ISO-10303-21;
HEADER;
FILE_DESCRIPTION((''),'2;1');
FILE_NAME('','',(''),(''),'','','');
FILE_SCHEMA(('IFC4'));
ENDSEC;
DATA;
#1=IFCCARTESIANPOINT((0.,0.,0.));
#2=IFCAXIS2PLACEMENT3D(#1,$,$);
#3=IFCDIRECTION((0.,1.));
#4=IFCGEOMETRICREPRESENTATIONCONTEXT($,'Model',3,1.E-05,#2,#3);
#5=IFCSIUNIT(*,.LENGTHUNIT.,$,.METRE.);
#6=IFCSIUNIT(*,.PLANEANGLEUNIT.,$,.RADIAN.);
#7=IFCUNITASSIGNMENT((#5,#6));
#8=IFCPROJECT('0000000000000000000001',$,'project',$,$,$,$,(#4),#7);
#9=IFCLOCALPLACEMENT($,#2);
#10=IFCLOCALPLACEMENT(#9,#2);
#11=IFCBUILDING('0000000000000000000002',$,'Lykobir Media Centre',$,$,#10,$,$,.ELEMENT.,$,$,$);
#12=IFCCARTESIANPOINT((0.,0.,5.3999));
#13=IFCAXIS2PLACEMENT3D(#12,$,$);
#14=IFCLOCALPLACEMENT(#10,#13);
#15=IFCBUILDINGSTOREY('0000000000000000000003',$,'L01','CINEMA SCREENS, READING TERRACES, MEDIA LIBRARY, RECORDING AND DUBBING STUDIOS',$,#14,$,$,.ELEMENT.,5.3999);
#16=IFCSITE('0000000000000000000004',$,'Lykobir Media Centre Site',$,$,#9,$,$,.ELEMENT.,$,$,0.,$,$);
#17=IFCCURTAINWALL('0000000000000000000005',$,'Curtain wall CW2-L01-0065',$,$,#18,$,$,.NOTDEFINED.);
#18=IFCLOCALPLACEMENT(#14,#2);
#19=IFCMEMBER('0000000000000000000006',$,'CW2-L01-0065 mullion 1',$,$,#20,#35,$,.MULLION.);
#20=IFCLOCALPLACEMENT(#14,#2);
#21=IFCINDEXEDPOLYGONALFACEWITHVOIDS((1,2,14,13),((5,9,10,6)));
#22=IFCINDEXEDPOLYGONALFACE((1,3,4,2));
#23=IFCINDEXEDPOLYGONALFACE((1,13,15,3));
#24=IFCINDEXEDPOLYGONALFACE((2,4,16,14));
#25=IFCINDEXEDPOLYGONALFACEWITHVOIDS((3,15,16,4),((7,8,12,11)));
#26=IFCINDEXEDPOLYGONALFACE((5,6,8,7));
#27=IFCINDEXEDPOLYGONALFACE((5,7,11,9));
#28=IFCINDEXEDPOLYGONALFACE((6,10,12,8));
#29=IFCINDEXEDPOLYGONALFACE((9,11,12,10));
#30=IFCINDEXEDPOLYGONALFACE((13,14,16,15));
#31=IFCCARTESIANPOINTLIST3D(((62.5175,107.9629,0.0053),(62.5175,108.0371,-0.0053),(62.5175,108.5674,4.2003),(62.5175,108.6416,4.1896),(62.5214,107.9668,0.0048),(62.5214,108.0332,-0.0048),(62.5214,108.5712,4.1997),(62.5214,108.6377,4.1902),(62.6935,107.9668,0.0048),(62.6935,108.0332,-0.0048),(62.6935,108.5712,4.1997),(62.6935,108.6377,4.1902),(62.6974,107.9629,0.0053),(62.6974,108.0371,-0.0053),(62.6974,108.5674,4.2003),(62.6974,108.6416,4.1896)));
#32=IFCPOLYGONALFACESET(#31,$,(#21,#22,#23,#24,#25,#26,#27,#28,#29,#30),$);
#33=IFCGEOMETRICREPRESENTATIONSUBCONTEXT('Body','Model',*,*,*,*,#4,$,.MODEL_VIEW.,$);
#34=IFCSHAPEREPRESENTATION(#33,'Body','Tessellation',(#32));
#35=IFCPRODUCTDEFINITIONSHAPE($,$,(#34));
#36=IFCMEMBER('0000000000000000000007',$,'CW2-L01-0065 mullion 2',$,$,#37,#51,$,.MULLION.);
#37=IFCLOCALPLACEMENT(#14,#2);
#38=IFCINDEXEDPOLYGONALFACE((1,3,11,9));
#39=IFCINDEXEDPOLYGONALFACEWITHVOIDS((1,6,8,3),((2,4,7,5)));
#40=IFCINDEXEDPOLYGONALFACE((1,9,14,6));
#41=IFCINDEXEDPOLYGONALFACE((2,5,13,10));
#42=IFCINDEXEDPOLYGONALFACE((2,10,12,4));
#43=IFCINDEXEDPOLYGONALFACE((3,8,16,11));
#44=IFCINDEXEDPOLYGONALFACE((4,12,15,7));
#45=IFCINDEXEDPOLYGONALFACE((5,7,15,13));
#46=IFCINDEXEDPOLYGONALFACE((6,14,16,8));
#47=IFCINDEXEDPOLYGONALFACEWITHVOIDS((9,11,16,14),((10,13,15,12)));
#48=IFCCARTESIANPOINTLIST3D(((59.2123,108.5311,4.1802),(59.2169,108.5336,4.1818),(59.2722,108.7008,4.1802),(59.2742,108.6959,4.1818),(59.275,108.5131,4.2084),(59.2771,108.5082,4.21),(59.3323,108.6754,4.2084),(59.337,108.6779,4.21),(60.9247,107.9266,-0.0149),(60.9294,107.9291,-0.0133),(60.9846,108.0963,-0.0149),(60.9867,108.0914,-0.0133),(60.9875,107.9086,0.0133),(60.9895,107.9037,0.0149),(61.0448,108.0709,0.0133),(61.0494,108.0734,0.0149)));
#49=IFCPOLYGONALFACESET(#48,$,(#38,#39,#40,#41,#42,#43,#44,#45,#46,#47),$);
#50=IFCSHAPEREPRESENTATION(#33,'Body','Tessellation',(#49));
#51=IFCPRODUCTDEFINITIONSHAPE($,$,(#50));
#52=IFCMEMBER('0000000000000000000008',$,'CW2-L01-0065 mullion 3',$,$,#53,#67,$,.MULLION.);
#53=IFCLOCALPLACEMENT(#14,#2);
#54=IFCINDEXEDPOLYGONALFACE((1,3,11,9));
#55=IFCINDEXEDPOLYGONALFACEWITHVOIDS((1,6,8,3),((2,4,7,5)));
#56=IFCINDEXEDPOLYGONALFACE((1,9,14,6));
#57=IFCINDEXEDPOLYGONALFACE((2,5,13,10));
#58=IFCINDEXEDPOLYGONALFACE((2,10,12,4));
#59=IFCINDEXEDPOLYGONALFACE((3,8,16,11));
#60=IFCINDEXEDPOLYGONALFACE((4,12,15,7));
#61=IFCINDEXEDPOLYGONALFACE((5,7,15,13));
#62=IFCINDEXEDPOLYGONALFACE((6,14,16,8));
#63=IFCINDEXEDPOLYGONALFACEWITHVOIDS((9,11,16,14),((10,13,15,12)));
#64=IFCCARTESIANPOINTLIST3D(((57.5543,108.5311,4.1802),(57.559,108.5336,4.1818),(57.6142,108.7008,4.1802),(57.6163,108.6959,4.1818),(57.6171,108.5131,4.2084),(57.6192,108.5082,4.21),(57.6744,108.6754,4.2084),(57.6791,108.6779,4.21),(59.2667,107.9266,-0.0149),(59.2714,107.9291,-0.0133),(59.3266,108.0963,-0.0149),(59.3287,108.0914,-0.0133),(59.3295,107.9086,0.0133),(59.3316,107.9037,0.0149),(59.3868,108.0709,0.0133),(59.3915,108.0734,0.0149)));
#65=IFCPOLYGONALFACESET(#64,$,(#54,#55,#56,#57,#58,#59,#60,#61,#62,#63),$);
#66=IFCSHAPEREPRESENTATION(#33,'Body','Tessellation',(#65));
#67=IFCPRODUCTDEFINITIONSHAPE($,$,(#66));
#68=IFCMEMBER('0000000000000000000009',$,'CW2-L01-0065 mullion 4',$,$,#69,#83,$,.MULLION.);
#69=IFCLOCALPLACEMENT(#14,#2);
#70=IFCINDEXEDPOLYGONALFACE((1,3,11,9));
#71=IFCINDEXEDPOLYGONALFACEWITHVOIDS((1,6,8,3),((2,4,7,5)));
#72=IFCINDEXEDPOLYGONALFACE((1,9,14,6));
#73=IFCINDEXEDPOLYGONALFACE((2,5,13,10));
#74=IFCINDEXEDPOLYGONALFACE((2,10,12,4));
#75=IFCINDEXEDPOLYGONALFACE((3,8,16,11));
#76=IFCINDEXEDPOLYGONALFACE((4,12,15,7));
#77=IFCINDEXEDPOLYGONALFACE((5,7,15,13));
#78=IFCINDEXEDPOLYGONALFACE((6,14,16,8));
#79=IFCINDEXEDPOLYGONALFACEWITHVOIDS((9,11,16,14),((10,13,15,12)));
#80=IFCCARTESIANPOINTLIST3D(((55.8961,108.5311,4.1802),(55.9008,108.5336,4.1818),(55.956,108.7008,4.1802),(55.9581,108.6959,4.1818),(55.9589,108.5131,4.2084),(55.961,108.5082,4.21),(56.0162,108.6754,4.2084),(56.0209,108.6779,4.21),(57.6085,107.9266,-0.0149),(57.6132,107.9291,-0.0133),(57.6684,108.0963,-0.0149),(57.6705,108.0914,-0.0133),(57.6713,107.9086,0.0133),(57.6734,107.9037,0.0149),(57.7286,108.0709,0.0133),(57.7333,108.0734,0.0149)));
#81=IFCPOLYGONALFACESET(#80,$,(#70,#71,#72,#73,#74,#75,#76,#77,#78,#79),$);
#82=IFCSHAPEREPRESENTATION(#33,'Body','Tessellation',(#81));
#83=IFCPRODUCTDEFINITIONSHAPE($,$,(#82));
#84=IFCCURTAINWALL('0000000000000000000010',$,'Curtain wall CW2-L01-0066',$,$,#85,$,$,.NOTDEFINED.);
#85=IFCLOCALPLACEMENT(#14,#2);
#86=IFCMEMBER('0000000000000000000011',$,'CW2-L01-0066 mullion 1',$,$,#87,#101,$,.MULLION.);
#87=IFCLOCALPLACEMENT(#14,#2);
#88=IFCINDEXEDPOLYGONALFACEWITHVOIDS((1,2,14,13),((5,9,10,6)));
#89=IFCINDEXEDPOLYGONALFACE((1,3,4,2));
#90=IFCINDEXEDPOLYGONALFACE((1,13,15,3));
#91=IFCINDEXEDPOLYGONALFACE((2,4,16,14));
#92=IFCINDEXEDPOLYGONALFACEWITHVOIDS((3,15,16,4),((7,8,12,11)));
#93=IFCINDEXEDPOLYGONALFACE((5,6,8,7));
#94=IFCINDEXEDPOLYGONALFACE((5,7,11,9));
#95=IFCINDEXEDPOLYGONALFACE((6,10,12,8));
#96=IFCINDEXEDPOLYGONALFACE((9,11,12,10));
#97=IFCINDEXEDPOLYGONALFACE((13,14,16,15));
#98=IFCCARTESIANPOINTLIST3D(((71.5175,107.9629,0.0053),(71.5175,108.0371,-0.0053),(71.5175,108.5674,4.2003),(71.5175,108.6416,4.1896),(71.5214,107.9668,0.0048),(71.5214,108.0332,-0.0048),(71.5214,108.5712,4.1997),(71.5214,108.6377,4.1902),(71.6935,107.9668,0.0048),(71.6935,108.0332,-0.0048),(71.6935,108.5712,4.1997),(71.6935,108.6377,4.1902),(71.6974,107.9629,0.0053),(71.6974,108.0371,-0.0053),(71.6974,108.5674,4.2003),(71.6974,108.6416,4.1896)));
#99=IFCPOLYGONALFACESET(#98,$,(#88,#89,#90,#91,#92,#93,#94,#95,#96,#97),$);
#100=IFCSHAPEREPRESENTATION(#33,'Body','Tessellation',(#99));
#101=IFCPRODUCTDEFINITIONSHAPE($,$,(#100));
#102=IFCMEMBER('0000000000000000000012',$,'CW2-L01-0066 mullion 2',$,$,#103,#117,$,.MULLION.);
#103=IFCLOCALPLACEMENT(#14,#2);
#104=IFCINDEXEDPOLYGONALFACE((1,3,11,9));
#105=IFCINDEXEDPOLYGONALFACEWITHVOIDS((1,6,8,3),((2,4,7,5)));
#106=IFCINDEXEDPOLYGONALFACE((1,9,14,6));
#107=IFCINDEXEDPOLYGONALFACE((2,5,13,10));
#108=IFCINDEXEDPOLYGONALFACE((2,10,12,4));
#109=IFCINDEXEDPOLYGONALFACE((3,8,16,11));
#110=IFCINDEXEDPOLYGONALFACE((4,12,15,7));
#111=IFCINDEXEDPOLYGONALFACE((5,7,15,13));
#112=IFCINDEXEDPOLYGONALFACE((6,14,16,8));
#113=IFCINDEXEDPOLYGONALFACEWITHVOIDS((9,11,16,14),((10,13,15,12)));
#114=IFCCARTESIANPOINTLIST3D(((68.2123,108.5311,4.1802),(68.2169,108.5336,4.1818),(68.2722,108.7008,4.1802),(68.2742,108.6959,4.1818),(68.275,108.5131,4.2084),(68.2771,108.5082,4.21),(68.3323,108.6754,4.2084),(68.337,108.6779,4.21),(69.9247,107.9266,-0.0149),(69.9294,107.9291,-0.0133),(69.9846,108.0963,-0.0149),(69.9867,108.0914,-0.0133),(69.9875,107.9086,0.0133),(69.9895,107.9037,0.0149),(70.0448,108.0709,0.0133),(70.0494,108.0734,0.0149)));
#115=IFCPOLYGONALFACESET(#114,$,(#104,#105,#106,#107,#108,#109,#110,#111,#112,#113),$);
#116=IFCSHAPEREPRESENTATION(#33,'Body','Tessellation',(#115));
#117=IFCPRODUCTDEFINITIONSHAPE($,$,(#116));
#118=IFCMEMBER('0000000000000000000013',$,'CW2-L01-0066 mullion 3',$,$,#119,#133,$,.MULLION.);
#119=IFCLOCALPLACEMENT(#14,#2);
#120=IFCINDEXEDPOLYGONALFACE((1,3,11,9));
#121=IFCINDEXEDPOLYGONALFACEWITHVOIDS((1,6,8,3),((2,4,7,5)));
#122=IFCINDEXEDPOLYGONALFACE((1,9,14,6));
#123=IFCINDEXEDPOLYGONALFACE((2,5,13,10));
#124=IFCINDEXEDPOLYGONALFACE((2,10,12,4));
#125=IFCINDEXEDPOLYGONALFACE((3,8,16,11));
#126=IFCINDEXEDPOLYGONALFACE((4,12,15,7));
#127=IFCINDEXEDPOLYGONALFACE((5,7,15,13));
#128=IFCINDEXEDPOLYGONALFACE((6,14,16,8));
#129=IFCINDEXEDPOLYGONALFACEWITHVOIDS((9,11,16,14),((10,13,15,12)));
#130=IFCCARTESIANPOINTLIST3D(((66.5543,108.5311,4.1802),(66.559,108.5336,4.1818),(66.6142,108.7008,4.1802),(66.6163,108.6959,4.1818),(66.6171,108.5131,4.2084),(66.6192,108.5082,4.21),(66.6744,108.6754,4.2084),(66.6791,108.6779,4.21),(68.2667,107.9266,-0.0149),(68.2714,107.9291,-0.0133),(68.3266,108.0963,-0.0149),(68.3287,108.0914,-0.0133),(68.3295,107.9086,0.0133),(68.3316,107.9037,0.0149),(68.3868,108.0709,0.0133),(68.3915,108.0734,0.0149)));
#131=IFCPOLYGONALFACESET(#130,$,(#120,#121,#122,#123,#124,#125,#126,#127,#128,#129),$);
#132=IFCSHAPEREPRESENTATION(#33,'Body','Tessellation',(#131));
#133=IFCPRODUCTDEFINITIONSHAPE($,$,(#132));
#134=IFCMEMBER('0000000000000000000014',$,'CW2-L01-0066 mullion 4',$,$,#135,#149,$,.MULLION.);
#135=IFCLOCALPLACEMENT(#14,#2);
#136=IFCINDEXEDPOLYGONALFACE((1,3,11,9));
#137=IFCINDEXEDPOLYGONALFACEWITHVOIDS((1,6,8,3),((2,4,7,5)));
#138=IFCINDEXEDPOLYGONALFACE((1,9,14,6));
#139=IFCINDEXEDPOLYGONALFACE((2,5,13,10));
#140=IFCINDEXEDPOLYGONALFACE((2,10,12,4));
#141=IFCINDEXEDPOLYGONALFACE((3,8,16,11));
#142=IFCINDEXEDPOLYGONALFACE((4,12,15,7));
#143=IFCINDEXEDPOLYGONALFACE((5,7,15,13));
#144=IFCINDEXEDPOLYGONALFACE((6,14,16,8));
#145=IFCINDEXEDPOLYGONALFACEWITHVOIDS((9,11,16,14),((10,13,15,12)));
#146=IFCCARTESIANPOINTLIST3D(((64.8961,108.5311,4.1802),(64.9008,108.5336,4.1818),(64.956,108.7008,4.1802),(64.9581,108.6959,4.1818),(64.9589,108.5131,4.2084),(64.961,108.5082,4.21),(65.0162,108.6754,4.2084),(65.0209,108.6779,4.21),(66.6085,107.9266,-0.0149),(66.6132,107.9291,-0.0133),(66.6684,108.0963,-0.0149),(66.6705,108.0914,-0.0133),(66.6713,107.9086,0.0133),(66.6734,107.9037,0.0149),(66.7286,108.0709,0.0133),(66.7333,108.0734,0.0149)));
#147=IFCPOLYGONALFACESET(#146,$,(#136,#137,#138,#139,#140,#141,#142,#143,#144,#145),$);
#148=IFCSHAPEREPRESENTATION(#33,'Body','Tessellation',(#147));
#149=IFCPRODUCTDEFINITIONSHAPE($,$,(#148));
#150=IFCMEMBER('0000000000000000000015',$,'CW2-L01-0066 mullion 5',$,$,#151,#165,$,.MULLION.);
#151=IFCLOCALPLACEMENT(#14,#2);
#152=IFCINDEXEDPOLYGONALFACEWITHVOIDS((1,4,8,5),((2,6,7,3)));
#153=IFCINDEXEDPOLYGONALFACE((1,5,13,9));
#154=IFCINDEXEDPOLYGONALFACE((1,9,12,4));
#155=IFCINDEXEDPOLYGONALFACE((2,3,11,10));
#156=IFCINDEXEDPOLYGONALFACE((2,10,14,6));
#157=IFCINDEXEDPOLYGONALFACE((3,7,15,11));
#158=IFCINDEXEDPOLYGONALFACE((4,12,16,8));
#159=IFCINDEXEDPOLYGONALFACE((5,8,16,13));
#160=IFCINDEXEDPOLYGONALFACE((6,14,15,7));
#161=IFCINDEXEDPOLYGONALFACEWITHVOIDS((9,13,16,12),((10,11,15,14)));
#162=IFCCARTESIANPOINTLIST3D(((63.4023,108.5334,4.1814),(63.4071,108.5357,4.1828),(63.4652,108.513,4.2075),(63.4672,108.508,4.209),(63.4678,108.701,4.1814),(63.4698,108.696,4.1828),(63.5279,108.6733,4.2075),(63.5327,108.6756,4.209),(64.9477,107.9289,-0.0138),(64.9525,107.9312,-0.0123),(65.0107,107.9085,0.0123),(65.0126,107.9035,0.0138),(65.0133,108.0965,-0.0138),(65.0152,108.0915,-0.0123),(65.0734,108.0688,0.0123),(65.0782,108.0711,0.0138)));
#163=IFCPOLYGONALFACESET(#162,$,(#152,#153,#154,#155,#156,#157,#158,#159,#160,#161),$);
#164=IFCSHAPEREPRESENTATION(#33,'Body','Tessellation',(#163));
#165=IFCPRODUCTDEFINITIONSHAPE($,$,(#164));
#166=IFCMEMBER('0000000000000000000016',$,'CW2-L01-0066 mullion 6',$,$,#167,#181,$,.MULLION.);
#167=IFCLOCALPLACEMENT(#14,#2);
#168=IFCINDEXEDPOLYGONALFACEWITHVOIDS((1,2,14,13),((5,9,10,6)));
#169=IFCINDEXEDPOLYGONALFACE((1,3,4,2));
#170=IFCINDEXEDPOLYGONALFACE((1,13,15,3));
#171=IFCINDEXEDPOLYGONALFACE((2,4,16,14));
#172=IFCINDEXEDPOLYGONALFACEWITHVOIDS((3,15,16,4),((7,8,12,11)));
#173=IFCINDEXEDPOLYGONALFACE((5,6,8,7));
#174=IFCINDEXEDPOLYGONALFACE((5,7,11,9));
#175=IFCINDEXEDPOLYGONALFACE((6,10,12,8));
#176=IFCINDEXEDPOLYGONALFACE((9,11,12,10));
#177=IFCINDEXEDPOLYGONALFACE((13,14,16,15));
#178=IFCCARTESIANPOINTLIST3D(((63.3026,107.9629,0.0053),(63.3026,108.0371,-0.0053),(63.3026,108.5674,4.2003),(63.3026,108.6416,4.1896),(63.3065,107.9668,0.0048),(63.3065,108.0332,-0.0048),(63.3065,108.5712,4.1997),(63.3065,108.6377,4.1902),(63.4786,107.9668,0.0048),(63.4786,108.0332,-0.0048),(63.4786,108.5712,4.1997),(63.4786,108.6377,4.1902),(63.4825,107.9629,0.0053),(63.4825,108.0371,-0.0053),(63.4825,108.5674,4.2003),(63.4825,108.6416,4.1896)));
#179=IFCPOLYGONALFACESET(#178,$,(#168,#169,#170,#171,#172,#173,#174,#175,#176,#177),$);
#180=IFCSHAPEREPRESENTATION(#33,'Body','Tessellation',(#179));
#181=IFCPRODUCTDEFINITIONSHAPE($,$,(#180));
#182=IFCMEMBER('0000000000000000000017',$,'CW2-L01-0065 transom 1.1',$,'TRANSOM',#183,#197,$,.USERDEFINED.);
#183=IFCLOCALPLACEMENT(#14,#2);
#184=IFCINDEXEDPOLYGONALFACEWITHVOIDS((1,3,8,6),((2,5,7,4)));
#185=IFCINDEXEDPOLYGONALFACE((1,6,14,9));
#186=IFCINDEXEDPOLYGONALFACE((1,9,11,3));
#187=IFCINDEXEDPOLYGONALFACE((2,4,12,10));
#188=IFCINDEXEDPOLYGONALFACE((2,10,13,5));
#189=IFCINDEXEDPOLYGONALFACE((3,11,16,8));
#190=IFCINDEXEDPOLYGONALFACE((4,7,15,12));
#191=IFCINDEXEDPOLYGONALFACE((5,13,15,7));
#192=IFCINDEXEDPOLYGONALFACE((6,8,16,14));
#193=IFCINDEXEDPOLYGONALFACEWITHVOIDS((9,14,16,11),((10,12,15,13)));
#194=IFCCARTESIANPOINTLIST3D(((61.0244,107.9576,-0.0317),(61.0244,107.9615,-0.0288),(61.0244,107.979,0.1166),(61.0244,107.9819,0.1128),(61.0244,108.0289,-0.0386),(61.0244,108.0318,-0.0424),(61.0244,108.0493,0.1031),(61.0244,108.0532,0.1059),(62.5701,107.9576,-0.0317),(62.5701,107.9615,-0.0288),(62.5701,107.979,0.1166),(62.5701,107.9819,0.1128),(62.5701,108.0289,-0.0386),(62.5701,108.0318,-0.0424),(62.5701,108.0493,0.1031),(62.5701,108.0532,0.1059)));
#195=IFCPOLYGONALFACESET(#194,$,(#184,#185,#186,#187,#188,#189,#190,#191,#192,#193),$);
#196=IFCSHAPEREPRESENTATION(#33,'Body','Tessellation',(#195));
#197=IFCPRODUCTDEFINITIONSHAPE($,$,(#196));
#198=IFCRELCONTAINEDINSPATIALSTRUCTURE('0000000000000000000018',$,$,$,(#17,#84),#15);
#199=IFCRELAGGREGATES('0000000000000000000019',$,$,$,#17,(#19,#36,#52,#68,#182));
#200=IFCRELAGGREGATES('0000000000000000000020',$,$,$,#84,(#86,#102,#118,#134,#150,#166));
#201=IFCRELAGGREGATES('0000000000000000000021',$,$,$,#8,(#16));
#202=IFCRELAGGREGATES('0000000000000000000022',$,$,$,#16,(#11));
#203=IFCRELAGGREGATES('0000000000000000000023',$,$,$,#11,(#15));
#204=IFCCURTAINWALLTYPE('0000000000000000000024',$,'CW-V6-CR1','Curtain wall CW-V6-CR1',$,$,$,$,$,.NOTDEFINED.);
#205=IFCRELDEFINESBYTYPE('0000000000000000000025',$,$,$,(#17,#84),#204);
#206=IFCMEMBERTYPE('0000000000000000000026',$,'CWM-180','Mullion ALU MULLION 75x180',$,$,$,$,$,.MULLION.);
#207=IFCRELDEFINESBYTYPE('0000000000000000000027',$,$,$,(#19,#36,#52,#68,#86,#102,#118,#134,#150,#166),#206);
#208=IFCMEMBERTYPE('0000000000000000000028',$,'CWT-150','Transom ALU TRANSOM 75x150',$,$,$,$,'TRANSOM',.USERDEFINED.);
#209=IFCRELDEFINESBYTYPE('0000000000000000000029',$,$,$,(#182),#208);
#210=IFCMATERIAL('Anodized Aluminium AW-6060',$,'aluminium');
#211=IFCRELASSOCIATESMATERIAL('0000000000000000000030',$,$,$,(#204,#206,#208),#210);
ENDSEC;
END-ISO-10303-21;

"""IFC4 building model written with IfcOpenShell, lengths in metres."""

from ifc_helpers import new_model, si_unit, direction, frame, origin, origin_2d, place, context, subcontext, project, spatial, hollow_rectangle, extrude, material, material_profile, profile_set, type_object, element, aggregate, save


model = new_model("IFC4")

# Units and contexts
model_context = context("Model", 3, precision=1e-05, world=origin(), true_north=direction((0.0, 1.0)))
body_context = subcontext(model_context, "Body", "Model", "MODEL_VIEW")
ifc_project = project(units=[si_unit("LENGTHUNIT", "METRE"), si_unit("PLANEANGLEUNIT", "RADIAN")], contexts=[model_context])

# Site, building, storey
site_placement = place(None, origin())
site = spatial("IfcSite", under=ifc_project, at=site_placement, Name="Lykobir Media Centre Site", CompositionType="ELEMENT", RefElevation=0.0)
building_placement = place(site_placement, origin())
building = spatial("IfcBuilding", under=site, at=building_placement, Name="Lykobir Media Centre", CompositionType="ELEMENT")
storey_placement = place(building_placement, frame((0.0, 0.0, 5.3999)))
storey = spatial("IfcBuildingStorey", under=building, at=storey_placement, Name="L01", Description="CINEMA SCREENS, READING TERRACES, MEDIA LIBRARY, RECORDING AND DUBBING STUDIOS", CompositionType="ELEMENT", Elevation=5.3999)

# Curtain walls, members
ifc_material_1 = material(Name="Anodized Aluminium AW-6060", Category="aluminium")
curtain_wall_type = type_object("IfcCurtainWallType", Name="CW-V6-CR1", Description="Curtain wall CW-V6-CR1", PredefinedType="NOTDEFINED", material=ifc_material_1)
curtain_wall_1_placement = place(storey_placement, origin())
curtain_wall_1 = element("IfcCurtainWall", 1, at=curtain_wall_1_placement, inside=storey, type_object=curtain_wall_type, Name="Curtain wall CW2-L01-0065", PredefinedType="NOTDEFINED")
ifc_material_profile_1 = material_profile(ifc_material_1, hollow_rectangle(XDim=0.075, YDim=0.1799, WallThickness=0.0039, at=origin_2d()), Name="ALU MULLION 75x180")
ifc_profile_set_1 = profile_set([ifc_material_profile_1], Name="Anodized Aluminium AW-6060")
member_type_1 = type_object("IfcMemberType", Name="CWM-180", Description="Mullion ALU MULLION 75x180", PredefinedType="MULLION", material=ifc_profile_set_1)
member_1_placement = place(storey_placement, frame((62.6074, 108.0, 0.0), z_axis=(0.0, 0.142623, 0.989777), x_axis=(0.0, 0.989777, -0.142623)))
member_1 = element("IfcMember", 2, at=member_1_placement, type_object=member_type_1, Name="CW2-L01-0065 mullion 1", PredefinedType="MULLION", context=body_context, shape_type="SweptSolid", body=[
    extrude(hollow_rectangle(XDim=0.075, YDim=0.1799, WallThickness=0.0039, at=origin_2d()), origin(), (0.0, 0.0, 1.0), 4.2383),
])
member_2_placement = place(storey_placement, frame((60.9871, 108.0, 0.0), z_axis=(-0.374603, 0.132238, 0.917707), x_axis=(-0.865371, 0.305483, -0.397258)))
member_2 = element("IfcMember", 3, at=member_2_placement, type_object=member_type_1, Name="CW2-L01-0065 mullion 2", PredefinedType="MULLION", context=body_context, shape_type="SweptSolid", body=[
    extrude(hollow_rectangle(XDim=0.075, YDim=0.1799, WallThickness=0.0039, at=origin_2d()), origin(), (0.0, 0.0, 1.0), 4.5713),
])
member_3_placement = place(storey_placement, frame((59.3291, 108.0, 0.0), z_axis=(-0.374603, 0.132238, 0.917707), x_axis=(-0.865371, 0.305483, -0.397258)))
member_3 = element("IfcMember", 4, at=member_3_placement, type_object=member_type_1, Name="CW2-L01-0065 mullion 3", PredefinedType="MULLION", context=body_context, shape_type="SweptSolid", body=[
    extrude(hollow_rectangle(XDim=0.075, YDim=0.1799, WallThickness=0.0039, at=origin_2d()), origin(), (0.0, 0.0, 1.0), 4.5713),
])
member_4_placement = place(storey_placement, frame((57.6709, 108.0, 0.0), z_axis=(-0.374603, 0.132238, 0.917707), x_axis=(-0.865371, 0.305483, -0.397258)))
member_4 = element("IfcMember", 5, at=member_4_placement, type_object=member_type_1, Name="CW2-L01-0065 mullion 4", PredefinedType="MULLION", context=body_context, shape_type="SweptSolid", body=[
    extrude(hollow_rectangle(XDim=0.075, YDim=0.1799, WallThickness=0.0039, at=origin_2d()), origin(), (0.0, 0.0, 1.0), 4.5713),
])
curtain_wall_2_placement = place(storey_placement, origin())
curtain_wall_2 = element("IfcCurtainWall", 6, at=curtain_wall_2_placement, inside=storey, type_object=curtain_wall_type, Name="Curtain wall CW2-L01-0066", PredefinedType="NOTDEFINED")
member_5_placement = place(storey_placement, frame((71.6074, 108.0, 0.0), z_axis=(0.0, 0.142623, 0.989777), x_axis=(0.0, 0.989777, -0.142623)))
member_5 = element("IfcMember", 7, at=member_5_placement, type_object=member_type_1, Name="CW2-L01-0066 mullion 1", PredefinedType="MULLION", context=body_context, shape_type="SweptSolid", body=[
    extrude(hollow_rectangle(XDim=0.075, YDim=0.1799, WallThickness=0.0039, at=origin_2d()), origin(), (0.0, 0.0, 1.0), 4.2383),
])
member_6_placement = place(storey_placement, frame((69.9871, 108.0, 0.0), z_axis=(-0.374603, 0.132238, 0.917707), x_axis=(-0.865371, 0.305483, -0.397258)))
member_6 = element("IfcMember", 8, at=member_6_placement, type_object=member_type_1, Name="CW2-L01-0066 mullion 2", PredefinedType="MULLION", context=body_context, shape_type="SweptSolid", body=[
    extrude(hollow_rectangle(XDim=0.075, YDim=0.1799, WallThickness=0.0039, at=origin_2d()), origin(), (0.0, 0.0, 1.0), 4.5713),
])
member_7_placement = place(storey_placement, frame((68.3291, 108.0, 0.0), z_axis=(-0.374603, 0.132238, 0.917707), x_axis=(-0.865371, 0.305483, -0.397258)))
member_7 = element("IfcMember", 9, at=member_7_placement, type_object=member_type_1, Name="CW2-L01-0066 mullion 3", PredefinedType="MULLION", context=body_context, shape_type="SweptSolid", body=[
    extrude(hollow_rectangle(XDim=0.075, YDim=0.1799, WallThickness=0.0039, at=origin_2d()), origin(), (0.0, 0.0, 1.0), 4.5713),
])
member_8_placement = place(storey_placement, frame((66.6709, 108.0, 0.0), z_axis=(-0.374603, 0.132238, 0.917707), x_axis=(-0.865371, 0.305483, -0.397258)))
member_8 = element("IfcMember", 10, at=member_8_placement, type_object=member_type_1, Name="CW2-L01-0066 mullion 4", PredefinedType="MULLION", context=body_context, shape_type="SweptSolid", body=[
    extrude(hollow_rectangle(XDim=0.075, YDim=0.1799, WallThickness=0.0039, at=origin_2d()), origin(), (0.0, 0.0, 1.0), 4.5713),
])
member_9_placement = place(storey_placement, frame((65.0129, 108.0, 0.0), z_axis=(-0.34256, 0.133994, 0.929891), x_axis=(-0.865999, 0.338738, -0.367834)))
member_9 = element("IfcMember", 11, at=member_9_placement, type_object=member_type_1, Name="CW2-L01-0066 mullion 5", PredefinedType="MULLION", context=body_context, shape_type="SweptSolid", body=[
    extrude(hollow_rectangle(XDim=0.075, YDim=0.1799, WallThickness=0.0039, at=origin_2d()), origin(), (0.0, 0.0, 1.0), 4.5115),
])
member_10_placement = place(storey_placement, frame((63.3926, 108.0, 0.0), z_axis=(0.0, 0.142623, 0.989777), x_axis=(0.0, 0.989777, -0.142623)))
member_10 = element("IfcMember", 12, at=member_10_placement, type_object=member_type_1, Name="CW2-L01-0066 mullion 6", PredefinedType="MULLION", context=body_context, shape_type="SweptSolid", body=[
    extrude(hollow_rectangle(XDim=0.075, YDim=0.1799, WallThickness=0.0039, at=origin_2d()), origin(), (0.0, 0.0, 1.0), 4.2383),
])

# Member
ifc_material_profile_2 = material_profile(ifc_material_1, hollow_rectangle(XDim=0.075, YDim=0.1499, WallThickness=0.0034, at=origin_2d()), Name="ALU TRANSOM 75x150")
ifc_profile_set_2 = profile_set([ifc_material_profile_2], Name="Anodized Aluminium AW-6060")
member_type_2 = type_object("IfcMemberType", Name="CWT-150", Description="Transom ALU TRANSOM 75x150", ElementType="TRANSOM", PredefinedType="USERDEFINED", material=ifc_profile_set_2)
member_11_placement = place(storey_placement, frame((62.5701, 108.0054, 0.0371), z_axis=(-1.0, 0.0, 0.0), x_axis=(0.0, -0.989776, 0.142629)))
member_11 = element("IfcMember", 13, at=member_11_placement, type_object=member_type_2, Name="CW2-L01-0065 transom 1.1", ObjectType="TRANSOM", PredefinedType="USERDEFINED", context=body_context, shape_type="SweptSolid", body=[
    extrude(hollow_rectangle(XDim=0.075, YDim=0.1499, WallThickness=0.0034, at=origin_2d()), origin(), (0.0, 0.0, 1.0), 1.5457),
])
aggregate(curtain_wall_1, [member_1, member_2, member_3, member_4, member_11])
aggregate(curtain_wall_2, [member_5, member_6, member_7, member_8, member_9, member_10])

save(model, "model.ifc")
